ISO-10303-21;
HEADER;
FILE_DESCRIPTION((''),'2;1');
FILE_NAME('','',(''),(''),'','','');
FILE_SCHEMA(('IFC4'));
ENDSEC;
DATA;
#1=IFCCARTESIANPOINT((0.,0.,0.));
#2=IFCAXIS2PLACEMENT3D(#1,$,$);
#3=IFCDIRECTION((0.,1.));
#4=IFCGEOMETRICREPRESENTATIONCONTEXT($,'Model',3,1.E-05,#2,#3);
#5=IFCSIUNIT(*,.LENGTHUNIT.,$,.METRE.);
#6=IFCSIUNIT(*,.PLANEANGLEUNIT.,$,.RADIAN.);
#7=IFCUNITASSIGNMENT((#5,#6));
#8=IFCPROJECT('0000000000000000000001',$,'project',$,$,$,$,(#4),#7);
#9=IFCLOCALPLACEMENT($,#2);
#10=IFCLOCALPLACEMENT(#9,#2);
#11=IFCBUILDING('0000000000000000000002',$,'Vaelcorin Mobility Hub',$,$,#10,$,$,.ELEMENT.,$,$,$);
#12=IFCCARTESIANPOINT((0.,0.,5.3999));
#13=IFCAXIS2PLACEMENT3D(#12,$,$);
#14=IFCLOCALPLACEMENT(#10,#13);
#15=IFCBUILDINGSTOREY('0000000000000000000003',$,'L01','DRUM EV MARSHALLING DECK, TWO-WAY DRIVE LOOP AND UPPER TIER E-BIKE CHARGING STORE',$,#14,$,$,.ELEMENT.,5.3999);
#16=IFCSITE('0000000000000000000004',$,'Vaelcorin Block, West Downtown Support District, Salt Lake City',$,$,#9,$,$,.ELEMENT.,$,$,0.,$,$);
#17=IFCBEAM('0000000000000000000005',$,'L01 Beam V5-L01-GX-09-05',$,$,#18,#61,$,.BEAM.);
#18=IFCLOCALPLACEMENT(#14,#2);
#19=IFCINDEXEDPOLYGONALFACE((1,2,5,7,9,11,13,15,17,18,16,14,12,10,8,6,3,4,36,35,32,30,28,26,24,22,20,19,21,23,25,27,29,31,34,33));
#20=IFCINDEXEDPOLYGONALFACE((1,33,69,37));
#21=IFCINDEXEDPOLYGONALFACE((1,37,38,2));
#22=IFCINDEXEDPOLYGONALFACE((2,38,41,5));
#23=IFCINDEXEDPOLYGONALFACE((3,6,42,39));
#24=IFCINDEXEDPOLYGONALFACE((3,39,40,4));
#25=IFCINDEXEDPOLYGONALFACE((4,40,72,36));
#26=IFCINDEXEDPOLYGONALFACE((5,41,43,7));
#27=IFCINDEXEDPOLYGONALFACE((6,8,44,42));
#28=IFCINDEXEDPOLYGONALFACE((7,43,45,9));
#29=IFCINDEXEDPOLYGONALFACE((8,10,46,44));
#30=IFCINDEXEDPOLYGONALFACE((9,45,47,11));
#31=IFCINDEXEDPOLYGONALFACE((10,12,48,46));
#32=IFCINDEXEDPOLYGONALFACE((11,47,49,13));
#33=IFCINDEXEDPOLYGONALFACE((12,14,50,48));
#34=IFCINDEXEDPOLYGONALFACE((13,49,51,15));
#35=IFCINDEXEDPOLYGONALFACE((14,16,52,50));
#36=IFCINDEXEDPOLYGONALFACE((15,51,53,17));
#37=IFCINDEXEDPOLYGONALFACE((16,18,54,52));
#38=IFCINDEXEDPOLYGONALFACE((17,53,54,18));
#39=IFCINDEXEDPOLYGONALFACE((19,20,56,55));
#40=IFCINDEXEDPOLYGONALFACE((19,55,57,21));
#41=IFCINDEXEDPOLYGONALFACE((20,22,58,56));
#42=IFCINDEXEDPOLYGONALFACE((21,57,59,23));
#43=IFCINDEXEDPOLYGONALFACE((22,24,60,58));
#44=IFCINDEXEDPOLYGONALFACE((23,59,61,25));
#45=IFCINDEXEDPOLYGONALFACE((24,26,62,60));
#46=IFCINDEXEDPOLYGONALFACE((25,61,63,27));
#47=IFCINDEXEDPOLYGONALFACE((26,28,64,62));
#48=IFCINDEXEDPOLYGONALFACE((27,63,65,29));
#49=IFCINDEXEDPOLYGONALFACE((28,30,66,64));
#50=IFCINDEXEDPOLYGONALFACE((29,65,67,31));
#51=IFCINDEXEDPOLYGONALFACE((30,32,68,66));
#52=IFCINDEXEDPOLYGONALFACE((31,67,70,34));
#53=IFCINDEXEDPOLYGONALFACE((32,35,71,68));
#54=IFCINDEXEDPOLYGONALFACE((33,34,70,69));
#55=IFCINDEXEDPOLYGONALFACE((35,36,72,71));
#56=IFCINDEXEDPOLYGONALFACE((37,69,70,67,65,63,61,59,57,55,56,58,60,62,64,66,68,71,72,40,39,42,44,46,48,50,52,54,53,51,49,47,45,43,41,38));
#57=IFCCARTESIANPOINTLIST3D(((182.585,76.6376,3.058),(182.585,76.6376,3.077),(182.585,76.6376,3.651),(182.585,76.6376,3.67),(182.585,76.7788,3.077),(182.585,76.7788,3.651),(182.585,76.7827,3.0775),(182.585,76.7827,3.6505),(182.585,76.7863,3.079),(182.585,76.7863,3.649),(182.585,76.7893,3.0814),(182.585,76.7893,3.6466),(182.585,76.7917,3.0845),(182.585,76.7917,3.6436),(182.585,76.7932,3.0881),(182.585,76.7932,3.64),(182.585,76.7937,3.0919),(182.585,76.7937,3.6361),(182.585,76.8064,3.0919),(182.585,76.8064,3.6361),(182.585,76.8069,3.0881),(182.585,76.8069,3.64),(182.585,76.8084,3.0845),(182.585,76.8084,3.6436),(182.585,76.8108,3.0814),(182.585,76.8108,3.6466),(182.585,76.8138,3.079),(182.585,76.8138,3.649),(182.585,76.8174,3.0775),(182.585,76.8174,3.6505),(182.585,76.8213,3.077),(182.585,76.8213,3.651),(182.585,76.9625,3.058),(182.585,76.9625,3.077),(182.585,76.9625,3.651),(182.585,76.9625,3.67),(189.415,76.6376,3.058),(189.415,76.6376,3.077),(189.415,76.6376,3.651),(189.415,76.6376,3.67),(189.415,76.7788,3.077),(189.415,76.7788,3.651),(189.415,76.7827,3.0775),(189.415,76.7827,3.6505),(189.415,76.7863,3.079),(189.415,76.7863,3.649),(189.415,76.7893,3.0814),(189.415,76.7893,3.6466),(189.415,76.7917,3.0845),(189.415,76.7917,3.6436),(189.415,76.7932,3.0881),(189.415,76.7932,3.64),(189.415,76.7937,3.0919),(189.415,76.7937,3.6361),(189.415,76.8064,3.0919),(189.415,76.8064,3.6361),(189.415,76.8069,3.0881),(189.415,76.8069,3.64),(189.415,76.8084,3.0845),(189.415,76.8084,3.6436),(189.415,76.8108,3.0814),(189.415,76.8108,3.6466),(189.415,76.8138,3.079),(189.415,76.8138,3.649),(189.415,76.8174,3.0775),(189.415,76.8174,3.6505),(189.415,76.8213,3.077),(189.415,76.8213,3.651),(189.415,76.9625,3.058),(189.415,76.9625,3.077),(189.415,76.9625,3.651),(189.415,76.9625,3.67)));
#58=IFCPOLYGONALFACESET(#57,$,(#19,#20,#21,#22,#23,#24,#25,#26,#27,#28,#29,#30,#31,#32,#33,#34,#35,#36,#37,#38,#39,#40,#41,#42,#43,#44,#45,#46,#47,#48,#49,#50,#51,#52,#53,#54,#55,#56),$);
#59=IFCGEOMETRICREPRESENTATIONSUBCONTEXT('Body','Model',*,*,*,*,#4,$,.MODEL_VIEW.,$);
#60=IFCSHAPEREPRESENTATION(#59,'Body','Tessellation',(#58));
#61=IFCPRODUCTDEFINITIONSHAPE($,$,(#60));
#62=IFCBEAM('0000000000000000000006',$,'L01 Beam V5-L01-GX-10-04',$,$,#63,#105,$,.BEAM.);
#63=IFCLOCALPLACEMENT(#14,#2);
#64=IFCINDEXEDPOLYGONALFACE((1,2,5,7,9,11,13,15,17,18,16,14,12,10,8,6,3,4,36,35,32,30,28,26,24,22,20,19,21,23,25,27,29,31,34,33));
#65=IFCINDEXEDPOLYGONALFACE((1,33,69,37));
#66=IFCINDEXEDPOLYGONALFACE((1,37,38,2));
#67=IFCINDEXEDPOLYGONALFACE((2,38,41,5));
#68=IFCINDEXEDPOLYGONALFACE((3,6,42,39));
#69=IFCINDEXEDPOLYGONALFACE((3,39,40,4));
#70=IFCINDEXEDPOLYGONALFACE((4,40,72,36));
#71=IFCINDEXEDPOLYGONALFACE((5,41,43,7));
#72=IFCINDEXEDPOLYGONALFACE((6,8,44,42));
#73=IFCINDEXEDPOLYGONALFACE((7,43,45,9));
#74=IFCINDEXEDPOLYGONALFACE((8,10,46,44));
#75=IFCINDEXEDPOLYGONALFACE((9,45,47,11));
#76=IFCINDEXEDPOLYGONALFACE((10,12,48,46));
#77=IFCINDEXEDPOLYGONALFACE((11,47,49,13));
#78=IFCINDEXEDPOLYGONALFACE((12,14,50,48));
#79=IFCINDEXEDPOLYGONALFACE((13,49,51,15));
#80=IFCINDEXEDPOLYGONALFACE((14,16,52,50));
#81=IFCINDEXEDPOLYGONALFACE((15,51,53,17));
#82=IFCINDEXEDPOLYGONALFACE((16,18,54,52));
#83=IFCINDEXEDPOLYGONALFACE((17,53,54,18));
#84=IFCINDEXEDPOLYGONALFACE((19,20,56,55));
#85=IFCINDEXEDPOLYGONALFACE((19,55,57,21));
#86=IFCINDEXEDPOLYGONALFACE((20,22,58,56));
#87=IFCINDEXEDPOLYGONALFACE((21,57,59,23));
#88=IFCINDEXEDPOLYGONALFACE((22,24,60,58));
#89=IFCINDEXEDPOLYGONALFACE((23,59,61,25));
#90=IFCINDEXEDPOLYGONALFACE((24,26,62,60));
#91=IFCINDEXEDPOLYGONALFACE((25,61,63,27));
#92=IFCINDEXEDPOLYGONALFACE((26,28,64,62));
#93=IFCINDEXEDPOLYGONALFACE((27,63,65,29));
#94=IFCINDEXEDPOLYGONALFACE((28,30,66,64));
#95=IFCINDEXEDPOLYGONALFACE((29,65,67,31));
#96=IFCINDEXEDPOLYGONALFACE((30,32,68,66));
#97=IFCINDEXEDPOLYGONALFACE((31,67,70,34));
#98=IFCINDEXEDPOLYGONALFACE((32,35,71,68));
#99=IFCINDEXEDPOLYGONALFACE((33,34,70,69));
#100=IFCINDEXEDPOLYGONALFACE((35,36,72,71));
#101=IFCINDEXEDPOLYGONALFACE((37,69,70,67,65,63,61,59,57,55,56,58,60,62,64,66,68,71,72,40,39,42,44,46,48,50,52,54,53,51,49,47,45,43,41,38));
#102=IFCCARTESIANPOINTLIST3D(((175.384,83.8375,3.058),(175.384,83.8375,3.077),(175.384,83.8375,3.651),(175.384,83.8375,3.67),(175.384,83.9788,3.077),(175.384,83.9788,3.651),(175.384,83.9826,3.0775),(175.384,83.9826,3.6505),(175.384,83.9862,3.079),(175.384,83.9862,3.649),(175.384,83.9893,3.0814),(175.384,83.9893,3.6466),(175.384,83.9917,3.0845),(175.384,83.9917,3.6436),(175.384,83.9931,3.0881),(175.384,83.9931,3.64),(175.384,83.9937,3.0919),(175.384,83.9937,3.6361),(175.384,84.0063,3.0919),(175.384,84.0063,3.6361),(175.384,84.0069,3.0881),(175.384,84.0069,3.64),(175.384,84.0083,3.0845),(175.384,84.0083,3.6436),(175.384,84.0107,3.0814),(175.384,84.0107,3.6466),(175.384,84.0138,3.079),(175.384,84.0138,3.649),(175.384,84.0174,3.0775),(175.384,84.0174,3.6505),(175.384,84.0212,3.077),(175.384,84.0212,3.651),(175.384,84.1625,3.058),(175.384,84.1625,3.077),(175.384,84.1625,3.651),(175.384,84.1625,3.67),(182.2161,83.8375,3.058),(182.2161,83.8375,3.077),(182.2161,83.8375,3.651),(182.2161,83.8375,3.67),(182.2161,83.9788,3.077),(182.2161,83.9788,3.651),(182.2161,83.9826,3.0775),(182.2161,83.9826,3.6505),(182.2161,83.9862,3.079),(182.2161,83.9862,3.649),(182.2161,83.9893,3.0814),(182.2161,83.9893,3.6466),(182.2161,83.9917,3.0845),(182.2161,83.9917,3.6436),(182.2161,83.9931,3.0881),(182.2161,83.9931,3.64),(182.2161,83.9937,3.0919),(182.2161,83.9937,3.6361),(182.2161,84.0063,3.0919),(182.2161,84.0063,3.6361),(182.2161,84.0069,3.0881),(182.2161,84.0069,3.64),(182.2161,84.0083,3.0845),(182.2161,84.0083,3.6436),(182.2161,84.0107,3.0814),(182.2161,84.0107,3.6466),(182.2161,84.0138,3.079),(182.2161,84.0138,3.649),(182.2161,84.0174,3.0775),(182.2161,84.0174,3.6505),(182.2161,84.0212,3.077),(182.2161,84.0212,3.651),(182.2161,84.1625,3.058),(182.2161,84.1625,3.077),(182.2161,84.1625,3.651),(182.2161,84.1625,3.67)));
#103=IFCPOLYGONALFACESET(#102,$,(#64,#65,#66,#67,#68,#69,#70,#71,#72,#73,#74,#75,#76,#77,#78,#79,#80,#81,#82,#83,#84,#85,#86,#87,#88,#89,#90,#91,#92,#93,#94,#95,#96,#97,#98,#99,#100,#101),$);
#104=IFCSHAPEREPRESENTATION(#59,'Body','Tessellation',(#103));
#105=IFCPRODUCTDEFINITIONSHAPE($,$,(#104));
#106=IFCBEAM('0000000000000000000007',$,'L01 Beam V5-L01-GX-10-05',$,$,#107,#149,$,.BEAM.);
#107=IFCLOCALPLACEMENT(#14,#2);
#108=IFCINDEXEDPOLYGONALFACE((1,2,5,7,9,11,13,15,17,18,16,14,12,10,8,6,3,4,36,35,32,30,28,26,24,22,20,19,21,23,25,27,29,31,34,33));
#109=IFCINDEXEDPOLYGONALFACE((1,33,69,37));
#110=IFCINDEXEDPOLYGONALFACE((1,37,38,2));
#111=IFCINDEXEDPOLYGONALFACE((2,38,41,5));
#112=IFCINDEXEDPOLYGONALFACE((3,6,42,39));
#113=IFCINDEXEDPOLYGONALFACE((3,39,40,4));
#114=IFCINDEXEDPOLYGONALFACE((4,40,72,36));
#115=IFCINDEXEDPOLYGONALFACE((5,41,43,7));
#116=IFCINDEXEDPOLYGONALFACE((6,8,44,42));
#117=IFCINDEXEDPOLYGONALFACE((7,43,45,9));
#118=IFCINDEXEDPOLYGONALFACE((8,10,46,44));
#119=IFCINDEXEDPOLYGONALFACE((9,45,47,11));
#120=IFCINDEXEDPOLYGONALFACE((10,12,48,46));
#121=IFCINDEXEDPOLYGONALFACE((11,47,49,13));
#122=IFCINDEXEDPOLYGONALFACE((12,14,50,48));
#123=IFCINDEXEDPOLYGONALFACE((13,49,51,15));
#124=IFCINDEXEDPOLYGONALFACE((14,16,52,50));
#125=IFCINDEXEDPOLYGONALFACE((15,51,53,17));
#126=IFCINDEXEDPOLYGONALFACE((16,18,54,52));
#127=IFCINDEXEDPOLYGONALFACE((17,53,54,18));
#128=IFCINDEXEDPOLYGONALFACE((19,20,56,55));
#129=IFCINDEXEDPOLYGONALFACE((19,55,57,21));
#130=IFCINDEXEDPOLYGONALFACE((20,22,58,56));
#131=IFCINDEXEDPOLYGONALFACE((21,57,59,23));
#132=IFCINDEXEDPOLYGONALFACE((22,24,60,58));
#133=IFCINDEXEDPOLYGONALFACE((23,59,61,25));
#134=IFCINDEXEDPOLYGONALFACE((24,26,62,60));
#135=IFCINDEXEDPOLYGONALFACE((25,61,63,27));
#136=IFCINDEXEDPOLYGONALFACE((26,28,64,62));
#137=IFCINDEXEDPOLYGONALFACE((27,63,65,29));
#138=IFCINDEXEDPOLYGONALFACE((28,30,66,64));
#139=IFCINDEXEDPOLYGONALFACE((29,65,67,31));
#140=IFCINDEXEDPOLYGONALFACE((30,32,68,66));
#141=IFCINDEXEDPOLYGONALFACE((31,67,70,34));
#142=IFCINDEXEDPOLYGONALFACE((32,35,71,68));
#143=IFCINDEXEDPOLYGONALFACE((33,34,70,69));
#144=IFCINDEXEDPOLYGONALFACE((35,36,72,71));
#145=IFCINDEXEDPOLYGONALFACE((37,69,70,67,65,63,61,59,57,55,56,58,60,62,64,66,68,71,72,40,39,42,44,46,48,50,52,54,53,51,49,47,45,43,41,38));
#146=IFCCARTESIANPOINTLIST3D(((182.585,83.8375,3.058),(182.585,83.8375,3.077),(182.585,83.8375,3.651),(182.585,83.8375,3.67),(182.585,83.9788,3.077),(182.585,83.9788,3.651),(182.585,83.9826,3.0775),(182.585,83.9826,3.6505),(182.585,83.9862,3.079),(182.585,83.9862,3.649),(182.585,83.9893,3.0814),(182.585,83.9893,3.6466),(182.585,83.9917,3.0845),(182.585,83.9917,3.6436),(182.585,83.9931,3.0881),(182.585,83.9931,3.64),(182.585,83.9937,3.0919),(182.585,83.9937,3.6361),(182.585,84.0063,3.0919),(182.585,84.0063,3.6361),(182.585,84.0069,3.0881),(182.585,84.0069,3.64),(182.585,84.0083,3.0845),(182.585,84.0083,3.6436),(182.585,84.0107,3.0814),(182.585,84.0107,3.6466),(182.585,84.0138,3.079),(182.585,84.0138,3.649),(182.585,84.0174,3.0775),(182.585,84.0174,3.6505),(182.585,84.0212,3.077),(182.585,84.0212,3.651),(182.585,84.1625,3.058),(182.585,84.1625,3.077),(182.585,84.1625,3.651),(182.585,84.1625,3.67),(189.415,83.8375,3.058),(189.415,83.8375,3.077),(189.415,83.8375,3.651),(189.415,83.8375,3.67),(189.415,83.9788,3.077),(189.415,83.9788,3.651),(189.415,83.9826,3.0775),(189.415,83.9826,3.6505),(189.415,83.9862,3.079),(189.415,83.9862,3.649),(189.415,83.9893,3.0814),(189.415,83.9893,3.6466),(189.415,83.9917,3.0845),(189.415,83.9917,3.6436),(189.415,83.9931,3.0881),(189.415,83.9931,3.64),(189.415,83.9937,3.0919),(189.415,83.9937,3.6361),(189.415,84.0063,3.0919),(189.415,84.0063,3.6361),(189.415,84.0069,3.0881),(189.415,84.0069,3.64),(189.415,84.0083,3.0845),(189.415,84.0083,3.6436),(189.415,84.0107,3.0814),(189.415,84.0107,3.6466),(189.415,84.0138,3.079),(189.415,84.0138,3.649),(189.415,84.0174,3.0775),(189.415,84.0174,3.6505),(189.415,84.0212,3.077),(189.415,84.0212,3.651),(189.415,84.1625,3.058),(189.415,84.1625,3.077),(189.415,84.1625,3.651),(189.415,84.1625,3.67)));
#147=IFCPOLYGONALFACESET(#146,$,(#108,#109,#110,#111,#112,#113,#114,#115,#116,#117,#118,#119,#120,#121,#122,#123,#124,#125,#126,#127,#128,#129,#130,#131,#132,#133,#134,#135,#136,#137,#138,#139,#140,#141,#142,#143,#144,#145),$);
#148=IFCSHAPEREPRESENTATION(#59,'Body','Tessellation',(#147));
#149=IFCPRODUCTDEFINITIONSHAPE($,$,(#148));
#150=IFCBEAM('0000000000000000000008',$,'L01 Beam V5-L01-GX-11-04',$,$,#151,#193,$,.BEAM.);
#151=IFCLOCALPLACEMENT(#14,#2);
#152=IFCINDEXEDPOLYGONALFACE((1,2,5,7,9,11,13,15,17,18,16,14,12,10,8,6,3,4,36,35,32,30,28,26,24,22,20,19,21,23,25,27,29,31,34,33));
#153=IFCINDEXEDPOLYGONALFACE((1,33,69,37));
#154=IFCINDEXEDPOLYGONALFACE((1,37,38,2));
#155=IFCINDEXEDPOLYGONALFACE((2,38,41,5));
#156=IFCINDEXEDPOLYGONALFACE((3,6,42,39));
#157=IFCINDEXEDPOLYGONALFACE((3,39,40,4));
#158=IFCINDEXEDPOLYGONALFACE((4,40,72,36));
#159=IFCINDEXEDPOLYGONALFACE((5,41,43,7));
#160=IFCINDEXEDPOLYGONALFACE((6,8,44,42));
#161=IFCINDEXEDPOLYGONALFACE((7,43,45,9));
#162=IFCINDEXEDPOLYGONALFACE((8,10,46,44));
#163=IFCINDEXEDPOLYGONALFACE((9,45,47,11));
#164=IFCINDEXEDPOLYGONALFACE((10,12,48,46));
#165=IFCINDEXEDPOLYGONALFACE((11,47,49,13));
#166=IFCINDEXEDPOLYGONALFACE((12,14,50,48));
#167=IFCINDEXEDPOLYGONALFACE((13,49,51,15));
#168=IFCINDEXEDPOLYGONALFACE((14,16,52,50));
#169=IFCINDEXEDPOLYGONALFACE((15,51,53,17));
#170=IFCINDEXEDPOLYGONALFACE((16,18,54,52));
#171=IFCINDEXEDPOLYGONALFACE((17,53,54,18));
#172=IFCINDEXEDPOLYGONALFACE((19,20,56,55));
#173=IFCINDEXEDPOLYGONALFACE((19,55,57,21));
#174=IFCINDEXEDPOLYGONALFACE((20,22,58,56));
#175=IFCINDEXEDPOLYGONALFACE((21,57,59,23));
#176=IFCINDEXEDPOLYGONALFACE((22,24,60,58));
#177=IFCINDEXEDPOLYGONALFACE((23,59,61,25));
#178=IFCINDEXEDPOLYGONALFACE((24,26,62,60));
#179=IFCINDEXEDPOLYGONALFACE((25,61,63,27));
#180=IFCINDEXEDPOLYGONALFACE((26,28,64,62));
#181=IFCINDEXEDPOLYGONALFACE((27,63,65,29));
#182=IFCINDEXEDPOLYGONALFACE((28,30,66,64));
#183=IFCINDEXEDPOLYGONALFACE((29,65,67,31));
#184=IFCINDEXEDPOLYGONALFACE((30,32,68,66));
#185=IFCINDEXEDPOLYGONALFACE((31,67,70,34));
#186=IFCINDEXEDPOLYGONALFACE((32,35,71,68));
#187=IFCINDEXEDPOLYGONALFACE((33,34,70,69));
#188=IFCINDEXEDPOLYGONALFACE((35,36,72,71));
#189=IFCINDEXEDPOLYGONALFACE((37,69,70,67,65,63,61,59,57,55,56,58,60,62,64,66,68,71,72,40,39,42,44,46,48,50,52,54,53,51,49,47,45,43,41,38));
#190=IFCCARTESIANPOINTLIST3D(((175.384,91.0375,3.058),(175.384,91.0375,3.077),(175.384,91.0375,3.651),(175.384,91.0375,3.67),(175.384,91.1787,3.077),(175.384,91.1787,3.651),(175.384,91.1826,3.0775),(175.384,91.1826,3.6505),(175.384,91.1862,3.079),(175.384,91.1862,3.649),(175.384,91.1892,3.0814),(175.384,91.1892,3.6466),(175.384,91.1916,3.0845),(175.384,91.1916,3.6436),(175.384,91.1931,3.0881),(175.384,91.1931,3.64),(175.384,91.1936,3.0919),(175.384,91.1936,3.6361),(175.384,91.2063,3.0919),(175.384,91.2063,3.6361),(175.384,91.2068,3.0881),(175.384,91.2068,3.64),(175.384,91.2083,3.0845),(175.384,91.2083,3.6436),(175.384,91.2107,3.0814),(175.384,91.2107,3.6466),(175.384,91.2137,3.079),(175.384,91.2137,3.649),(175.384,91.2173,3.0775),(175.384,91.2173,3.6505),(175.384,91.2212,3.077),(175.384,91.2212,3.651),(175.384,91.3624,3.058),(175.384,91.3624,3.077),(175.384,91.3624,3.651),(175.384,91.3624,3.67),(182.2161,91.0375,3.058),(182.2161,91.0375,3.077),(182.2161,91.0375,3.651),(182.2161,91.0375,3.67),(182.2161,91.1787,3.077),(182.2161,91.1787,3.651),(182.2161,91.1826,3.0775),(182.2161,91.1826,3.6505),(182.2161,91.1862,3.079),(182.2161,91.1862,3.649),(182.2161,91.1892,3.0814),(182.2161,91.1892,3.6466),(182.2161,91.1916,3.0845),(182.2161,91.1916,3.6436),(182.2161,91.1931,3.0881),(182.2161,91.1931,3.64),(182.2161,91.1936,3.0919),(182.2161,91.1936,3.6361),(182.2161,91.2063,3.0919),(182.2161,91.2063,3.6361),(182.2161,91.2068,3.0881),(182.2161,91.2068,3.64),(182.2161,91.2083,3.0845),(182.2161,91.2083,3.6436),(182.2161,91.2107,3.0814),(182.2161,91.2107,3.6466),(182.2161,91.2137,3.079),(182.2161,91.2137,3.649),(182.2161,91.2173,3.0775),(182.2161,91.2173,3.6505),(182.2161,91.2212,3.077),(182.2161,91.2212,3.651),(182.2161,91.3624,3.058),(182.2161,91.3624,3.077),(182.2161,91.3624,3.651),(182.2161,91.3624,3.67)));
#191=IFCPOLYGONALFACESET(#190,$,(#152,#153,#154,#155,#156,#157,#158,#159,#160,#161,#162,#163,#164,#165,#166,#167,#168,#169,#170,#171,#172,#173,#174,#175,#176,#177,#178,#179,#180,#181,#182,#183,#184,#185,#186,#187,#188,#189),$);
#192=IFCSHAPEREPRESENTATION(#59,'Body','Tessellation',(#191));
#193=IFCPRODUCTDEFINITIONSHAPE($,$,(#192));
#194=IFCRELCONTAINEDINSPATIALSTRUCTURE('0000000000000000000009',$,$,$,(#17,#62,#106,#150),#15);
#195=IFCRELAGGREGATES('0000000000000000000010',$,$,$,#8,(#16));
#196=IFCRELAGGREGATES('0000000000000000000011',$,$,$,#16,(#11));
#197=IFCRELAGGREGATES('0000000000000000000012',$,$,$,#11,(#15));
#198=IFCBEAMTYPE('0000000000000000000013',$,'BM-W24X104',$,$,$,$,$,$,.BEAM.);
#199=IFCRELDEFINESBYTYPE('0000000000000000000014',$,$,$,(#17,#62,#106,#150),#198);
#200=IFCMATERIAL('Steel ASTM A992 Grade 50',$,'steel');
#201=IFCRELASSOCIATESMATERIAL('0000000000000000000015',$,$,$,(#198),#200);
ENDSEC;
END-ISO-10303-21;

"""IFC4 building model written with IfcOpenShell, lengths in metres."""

from ifc_helpers import new_model, si_unit, direction, frame, origin, origin_2d, place, context, subcontext, project, spatial, i_section, extrude, material, material_profile, profile_set, type_object, element, save


model = new_model("IFC4")

# Units and contexts
model_context = context("Model", 3, precision=1e-05, world=origin(), true_north=direction((0.0, 1.0)))
body_context = subcontext(model_context, "Body", "Model", "MODEL_VIEW")
ifc_project = project(units=[si_unit("LENGTHUNIT", "METRE"), si_unit("PLANEANGLEUNIT", "RADIAN")], contexts=[model_context])

# Site, building, storey
site_placement = place(None, origin())
site = spatial("IfcSite", under=ifc_project, at=site_placement, Name="Vaelcorin Block, West Downtown Support District, Salt Lake City", CompositionType="ELEMENT", RefElevation=0.0)
building_placement = place(site_placement, origin())
building = spatial("IfcBuilding", under=site, at=building_placement, Name="Vaelcorin Mobility Hub", CompositionType="ELEMENT")
storey_placement = place(building_placement, frame((0.0, 0.0, 5.3999)))
storey = spatial("IfcBuildingStorey", under=building, at=storey_placement, Name="L01", Description="DRUM EV MARSHALLING DECK, TWO-WAY DRIVE LOOP AND UPPER TIER E-BIKE CHARGING STORE", CompositionType="ELEMENT", Elevation=5.3999)

# Shared definitions
ifc_material_1 = material(Name="Steel ASTM A992 Grade 50", Category="steel")

# Beams
ifc_material_profile_1 = material_profile(ifc_material_1, i_section(OverallWidth=0.325, OverallDepth=0.6121, WebThickness=0.0127, FlangeThickness=0.019, FilletRadius=0.0149, at=origin_2d()), Name="W24X104")
ifc_profile_set_1 = profile_set([ifc_material_profile_1], Name="Steel ASTM A992 Grade 50")
beam_type_1 = type_object("IfcBeamType", Name="BM-W24X104", PredefinedType="BEAM", material=ifc_profile_set_1)
beam_1_placement = place(storey_placement, frame((182.585, 76.8, 3.364), z_axis=(1.0, 0.0, 0.0), x_axis=(0.0, 1.0, 0.0)))
element("IfcBeam", 1, at=beam_1_placement, inside=storey, type_object=beam_type_1, Name="L01 Beam V5-L01-GX-09-05", PredefinedType="BEAM", context=body_context, shape_type="SweptSolid", body=[
    extrude(i_section(OverallWidth=0.325, OverallDepth=0.6121, WebThickness=0.0127, FlangeThickness=0.019, FilletRadius=0.0149, at=origin_2d()), origin(), (0.0, 0.0, 1.0), 6.8301),
])
beam_2_placement = place(storey_placement, frame((175.384, 84.0, 3.364), z_axis=(1.0, 0.0, 0.0), x_axis=(0.0, 1.0, 0.0)))
element("IfcBeam", 2, at=beam_2_placement, inside=storey, type_object=beam_type_1, Name="L01 Beam V5-L01-GX-10-04", PredefinedType="BEAM", context=body_context, shape_type="SweptSolid", body=[
    extrude(i_section(OverallWidth=0.325, OverallDepth=0.6121, WebThickness=0.0127, FlangeThickness=0.019, FilletRadius=0.0149, at=origin_2d()), origin(), (0.0, 0.0, 1.0), 6.832),
])
beam_3_placement = place(storey_placement, frame((182.585, 84.0, 3.364), z_axis=(1.0, 0.0, 0.0), x_axis=(0.0, 1.0, 0.0)))
element("IfcBeam", 3, at=beam_3_placement, inside=storey, type_object=beam_type_1, Name="L01 Beam V5-L01-GX-10-05", PredefinedType="BEAM", context=body_context, shape_type="SweptSolid", body=[
    extrude(i_section(OverallWidth=0.325, OverallDepth=0.6121, WebThickness=0.0127, FlangeThickness=0.019, FilletRadius=0.0149, at=origin_2d()), origin(), (0.0, 0.0, 1.0), 6.8301),
])
beam_4_placement = place(storey_placement, frame((175.384, 91.2, 3.364), z_axis=(1.0, 0.0, 0.0), x_axis=(0.0, 1.0, 0.0)))
element("IfcBeam", 4, at=beam_4_placement, inside=storey, type_object=beam_type_1, Name="L01 Beam V5-L01-GX-11-04", PredefinedType="BEAM", context=body_context, shape_type="SweptSolid", body=[
    extrude(i_section(OverallWidth=0.325, OverallDepth=0.6121, WebThickness=0.0127, FlangeThickness=0.019, FilletRadius=0.0149, at=origin_2d()), origin(), (0.0, 0.0, 1.0), 6.832),
])

save(model, "model.ifc")
